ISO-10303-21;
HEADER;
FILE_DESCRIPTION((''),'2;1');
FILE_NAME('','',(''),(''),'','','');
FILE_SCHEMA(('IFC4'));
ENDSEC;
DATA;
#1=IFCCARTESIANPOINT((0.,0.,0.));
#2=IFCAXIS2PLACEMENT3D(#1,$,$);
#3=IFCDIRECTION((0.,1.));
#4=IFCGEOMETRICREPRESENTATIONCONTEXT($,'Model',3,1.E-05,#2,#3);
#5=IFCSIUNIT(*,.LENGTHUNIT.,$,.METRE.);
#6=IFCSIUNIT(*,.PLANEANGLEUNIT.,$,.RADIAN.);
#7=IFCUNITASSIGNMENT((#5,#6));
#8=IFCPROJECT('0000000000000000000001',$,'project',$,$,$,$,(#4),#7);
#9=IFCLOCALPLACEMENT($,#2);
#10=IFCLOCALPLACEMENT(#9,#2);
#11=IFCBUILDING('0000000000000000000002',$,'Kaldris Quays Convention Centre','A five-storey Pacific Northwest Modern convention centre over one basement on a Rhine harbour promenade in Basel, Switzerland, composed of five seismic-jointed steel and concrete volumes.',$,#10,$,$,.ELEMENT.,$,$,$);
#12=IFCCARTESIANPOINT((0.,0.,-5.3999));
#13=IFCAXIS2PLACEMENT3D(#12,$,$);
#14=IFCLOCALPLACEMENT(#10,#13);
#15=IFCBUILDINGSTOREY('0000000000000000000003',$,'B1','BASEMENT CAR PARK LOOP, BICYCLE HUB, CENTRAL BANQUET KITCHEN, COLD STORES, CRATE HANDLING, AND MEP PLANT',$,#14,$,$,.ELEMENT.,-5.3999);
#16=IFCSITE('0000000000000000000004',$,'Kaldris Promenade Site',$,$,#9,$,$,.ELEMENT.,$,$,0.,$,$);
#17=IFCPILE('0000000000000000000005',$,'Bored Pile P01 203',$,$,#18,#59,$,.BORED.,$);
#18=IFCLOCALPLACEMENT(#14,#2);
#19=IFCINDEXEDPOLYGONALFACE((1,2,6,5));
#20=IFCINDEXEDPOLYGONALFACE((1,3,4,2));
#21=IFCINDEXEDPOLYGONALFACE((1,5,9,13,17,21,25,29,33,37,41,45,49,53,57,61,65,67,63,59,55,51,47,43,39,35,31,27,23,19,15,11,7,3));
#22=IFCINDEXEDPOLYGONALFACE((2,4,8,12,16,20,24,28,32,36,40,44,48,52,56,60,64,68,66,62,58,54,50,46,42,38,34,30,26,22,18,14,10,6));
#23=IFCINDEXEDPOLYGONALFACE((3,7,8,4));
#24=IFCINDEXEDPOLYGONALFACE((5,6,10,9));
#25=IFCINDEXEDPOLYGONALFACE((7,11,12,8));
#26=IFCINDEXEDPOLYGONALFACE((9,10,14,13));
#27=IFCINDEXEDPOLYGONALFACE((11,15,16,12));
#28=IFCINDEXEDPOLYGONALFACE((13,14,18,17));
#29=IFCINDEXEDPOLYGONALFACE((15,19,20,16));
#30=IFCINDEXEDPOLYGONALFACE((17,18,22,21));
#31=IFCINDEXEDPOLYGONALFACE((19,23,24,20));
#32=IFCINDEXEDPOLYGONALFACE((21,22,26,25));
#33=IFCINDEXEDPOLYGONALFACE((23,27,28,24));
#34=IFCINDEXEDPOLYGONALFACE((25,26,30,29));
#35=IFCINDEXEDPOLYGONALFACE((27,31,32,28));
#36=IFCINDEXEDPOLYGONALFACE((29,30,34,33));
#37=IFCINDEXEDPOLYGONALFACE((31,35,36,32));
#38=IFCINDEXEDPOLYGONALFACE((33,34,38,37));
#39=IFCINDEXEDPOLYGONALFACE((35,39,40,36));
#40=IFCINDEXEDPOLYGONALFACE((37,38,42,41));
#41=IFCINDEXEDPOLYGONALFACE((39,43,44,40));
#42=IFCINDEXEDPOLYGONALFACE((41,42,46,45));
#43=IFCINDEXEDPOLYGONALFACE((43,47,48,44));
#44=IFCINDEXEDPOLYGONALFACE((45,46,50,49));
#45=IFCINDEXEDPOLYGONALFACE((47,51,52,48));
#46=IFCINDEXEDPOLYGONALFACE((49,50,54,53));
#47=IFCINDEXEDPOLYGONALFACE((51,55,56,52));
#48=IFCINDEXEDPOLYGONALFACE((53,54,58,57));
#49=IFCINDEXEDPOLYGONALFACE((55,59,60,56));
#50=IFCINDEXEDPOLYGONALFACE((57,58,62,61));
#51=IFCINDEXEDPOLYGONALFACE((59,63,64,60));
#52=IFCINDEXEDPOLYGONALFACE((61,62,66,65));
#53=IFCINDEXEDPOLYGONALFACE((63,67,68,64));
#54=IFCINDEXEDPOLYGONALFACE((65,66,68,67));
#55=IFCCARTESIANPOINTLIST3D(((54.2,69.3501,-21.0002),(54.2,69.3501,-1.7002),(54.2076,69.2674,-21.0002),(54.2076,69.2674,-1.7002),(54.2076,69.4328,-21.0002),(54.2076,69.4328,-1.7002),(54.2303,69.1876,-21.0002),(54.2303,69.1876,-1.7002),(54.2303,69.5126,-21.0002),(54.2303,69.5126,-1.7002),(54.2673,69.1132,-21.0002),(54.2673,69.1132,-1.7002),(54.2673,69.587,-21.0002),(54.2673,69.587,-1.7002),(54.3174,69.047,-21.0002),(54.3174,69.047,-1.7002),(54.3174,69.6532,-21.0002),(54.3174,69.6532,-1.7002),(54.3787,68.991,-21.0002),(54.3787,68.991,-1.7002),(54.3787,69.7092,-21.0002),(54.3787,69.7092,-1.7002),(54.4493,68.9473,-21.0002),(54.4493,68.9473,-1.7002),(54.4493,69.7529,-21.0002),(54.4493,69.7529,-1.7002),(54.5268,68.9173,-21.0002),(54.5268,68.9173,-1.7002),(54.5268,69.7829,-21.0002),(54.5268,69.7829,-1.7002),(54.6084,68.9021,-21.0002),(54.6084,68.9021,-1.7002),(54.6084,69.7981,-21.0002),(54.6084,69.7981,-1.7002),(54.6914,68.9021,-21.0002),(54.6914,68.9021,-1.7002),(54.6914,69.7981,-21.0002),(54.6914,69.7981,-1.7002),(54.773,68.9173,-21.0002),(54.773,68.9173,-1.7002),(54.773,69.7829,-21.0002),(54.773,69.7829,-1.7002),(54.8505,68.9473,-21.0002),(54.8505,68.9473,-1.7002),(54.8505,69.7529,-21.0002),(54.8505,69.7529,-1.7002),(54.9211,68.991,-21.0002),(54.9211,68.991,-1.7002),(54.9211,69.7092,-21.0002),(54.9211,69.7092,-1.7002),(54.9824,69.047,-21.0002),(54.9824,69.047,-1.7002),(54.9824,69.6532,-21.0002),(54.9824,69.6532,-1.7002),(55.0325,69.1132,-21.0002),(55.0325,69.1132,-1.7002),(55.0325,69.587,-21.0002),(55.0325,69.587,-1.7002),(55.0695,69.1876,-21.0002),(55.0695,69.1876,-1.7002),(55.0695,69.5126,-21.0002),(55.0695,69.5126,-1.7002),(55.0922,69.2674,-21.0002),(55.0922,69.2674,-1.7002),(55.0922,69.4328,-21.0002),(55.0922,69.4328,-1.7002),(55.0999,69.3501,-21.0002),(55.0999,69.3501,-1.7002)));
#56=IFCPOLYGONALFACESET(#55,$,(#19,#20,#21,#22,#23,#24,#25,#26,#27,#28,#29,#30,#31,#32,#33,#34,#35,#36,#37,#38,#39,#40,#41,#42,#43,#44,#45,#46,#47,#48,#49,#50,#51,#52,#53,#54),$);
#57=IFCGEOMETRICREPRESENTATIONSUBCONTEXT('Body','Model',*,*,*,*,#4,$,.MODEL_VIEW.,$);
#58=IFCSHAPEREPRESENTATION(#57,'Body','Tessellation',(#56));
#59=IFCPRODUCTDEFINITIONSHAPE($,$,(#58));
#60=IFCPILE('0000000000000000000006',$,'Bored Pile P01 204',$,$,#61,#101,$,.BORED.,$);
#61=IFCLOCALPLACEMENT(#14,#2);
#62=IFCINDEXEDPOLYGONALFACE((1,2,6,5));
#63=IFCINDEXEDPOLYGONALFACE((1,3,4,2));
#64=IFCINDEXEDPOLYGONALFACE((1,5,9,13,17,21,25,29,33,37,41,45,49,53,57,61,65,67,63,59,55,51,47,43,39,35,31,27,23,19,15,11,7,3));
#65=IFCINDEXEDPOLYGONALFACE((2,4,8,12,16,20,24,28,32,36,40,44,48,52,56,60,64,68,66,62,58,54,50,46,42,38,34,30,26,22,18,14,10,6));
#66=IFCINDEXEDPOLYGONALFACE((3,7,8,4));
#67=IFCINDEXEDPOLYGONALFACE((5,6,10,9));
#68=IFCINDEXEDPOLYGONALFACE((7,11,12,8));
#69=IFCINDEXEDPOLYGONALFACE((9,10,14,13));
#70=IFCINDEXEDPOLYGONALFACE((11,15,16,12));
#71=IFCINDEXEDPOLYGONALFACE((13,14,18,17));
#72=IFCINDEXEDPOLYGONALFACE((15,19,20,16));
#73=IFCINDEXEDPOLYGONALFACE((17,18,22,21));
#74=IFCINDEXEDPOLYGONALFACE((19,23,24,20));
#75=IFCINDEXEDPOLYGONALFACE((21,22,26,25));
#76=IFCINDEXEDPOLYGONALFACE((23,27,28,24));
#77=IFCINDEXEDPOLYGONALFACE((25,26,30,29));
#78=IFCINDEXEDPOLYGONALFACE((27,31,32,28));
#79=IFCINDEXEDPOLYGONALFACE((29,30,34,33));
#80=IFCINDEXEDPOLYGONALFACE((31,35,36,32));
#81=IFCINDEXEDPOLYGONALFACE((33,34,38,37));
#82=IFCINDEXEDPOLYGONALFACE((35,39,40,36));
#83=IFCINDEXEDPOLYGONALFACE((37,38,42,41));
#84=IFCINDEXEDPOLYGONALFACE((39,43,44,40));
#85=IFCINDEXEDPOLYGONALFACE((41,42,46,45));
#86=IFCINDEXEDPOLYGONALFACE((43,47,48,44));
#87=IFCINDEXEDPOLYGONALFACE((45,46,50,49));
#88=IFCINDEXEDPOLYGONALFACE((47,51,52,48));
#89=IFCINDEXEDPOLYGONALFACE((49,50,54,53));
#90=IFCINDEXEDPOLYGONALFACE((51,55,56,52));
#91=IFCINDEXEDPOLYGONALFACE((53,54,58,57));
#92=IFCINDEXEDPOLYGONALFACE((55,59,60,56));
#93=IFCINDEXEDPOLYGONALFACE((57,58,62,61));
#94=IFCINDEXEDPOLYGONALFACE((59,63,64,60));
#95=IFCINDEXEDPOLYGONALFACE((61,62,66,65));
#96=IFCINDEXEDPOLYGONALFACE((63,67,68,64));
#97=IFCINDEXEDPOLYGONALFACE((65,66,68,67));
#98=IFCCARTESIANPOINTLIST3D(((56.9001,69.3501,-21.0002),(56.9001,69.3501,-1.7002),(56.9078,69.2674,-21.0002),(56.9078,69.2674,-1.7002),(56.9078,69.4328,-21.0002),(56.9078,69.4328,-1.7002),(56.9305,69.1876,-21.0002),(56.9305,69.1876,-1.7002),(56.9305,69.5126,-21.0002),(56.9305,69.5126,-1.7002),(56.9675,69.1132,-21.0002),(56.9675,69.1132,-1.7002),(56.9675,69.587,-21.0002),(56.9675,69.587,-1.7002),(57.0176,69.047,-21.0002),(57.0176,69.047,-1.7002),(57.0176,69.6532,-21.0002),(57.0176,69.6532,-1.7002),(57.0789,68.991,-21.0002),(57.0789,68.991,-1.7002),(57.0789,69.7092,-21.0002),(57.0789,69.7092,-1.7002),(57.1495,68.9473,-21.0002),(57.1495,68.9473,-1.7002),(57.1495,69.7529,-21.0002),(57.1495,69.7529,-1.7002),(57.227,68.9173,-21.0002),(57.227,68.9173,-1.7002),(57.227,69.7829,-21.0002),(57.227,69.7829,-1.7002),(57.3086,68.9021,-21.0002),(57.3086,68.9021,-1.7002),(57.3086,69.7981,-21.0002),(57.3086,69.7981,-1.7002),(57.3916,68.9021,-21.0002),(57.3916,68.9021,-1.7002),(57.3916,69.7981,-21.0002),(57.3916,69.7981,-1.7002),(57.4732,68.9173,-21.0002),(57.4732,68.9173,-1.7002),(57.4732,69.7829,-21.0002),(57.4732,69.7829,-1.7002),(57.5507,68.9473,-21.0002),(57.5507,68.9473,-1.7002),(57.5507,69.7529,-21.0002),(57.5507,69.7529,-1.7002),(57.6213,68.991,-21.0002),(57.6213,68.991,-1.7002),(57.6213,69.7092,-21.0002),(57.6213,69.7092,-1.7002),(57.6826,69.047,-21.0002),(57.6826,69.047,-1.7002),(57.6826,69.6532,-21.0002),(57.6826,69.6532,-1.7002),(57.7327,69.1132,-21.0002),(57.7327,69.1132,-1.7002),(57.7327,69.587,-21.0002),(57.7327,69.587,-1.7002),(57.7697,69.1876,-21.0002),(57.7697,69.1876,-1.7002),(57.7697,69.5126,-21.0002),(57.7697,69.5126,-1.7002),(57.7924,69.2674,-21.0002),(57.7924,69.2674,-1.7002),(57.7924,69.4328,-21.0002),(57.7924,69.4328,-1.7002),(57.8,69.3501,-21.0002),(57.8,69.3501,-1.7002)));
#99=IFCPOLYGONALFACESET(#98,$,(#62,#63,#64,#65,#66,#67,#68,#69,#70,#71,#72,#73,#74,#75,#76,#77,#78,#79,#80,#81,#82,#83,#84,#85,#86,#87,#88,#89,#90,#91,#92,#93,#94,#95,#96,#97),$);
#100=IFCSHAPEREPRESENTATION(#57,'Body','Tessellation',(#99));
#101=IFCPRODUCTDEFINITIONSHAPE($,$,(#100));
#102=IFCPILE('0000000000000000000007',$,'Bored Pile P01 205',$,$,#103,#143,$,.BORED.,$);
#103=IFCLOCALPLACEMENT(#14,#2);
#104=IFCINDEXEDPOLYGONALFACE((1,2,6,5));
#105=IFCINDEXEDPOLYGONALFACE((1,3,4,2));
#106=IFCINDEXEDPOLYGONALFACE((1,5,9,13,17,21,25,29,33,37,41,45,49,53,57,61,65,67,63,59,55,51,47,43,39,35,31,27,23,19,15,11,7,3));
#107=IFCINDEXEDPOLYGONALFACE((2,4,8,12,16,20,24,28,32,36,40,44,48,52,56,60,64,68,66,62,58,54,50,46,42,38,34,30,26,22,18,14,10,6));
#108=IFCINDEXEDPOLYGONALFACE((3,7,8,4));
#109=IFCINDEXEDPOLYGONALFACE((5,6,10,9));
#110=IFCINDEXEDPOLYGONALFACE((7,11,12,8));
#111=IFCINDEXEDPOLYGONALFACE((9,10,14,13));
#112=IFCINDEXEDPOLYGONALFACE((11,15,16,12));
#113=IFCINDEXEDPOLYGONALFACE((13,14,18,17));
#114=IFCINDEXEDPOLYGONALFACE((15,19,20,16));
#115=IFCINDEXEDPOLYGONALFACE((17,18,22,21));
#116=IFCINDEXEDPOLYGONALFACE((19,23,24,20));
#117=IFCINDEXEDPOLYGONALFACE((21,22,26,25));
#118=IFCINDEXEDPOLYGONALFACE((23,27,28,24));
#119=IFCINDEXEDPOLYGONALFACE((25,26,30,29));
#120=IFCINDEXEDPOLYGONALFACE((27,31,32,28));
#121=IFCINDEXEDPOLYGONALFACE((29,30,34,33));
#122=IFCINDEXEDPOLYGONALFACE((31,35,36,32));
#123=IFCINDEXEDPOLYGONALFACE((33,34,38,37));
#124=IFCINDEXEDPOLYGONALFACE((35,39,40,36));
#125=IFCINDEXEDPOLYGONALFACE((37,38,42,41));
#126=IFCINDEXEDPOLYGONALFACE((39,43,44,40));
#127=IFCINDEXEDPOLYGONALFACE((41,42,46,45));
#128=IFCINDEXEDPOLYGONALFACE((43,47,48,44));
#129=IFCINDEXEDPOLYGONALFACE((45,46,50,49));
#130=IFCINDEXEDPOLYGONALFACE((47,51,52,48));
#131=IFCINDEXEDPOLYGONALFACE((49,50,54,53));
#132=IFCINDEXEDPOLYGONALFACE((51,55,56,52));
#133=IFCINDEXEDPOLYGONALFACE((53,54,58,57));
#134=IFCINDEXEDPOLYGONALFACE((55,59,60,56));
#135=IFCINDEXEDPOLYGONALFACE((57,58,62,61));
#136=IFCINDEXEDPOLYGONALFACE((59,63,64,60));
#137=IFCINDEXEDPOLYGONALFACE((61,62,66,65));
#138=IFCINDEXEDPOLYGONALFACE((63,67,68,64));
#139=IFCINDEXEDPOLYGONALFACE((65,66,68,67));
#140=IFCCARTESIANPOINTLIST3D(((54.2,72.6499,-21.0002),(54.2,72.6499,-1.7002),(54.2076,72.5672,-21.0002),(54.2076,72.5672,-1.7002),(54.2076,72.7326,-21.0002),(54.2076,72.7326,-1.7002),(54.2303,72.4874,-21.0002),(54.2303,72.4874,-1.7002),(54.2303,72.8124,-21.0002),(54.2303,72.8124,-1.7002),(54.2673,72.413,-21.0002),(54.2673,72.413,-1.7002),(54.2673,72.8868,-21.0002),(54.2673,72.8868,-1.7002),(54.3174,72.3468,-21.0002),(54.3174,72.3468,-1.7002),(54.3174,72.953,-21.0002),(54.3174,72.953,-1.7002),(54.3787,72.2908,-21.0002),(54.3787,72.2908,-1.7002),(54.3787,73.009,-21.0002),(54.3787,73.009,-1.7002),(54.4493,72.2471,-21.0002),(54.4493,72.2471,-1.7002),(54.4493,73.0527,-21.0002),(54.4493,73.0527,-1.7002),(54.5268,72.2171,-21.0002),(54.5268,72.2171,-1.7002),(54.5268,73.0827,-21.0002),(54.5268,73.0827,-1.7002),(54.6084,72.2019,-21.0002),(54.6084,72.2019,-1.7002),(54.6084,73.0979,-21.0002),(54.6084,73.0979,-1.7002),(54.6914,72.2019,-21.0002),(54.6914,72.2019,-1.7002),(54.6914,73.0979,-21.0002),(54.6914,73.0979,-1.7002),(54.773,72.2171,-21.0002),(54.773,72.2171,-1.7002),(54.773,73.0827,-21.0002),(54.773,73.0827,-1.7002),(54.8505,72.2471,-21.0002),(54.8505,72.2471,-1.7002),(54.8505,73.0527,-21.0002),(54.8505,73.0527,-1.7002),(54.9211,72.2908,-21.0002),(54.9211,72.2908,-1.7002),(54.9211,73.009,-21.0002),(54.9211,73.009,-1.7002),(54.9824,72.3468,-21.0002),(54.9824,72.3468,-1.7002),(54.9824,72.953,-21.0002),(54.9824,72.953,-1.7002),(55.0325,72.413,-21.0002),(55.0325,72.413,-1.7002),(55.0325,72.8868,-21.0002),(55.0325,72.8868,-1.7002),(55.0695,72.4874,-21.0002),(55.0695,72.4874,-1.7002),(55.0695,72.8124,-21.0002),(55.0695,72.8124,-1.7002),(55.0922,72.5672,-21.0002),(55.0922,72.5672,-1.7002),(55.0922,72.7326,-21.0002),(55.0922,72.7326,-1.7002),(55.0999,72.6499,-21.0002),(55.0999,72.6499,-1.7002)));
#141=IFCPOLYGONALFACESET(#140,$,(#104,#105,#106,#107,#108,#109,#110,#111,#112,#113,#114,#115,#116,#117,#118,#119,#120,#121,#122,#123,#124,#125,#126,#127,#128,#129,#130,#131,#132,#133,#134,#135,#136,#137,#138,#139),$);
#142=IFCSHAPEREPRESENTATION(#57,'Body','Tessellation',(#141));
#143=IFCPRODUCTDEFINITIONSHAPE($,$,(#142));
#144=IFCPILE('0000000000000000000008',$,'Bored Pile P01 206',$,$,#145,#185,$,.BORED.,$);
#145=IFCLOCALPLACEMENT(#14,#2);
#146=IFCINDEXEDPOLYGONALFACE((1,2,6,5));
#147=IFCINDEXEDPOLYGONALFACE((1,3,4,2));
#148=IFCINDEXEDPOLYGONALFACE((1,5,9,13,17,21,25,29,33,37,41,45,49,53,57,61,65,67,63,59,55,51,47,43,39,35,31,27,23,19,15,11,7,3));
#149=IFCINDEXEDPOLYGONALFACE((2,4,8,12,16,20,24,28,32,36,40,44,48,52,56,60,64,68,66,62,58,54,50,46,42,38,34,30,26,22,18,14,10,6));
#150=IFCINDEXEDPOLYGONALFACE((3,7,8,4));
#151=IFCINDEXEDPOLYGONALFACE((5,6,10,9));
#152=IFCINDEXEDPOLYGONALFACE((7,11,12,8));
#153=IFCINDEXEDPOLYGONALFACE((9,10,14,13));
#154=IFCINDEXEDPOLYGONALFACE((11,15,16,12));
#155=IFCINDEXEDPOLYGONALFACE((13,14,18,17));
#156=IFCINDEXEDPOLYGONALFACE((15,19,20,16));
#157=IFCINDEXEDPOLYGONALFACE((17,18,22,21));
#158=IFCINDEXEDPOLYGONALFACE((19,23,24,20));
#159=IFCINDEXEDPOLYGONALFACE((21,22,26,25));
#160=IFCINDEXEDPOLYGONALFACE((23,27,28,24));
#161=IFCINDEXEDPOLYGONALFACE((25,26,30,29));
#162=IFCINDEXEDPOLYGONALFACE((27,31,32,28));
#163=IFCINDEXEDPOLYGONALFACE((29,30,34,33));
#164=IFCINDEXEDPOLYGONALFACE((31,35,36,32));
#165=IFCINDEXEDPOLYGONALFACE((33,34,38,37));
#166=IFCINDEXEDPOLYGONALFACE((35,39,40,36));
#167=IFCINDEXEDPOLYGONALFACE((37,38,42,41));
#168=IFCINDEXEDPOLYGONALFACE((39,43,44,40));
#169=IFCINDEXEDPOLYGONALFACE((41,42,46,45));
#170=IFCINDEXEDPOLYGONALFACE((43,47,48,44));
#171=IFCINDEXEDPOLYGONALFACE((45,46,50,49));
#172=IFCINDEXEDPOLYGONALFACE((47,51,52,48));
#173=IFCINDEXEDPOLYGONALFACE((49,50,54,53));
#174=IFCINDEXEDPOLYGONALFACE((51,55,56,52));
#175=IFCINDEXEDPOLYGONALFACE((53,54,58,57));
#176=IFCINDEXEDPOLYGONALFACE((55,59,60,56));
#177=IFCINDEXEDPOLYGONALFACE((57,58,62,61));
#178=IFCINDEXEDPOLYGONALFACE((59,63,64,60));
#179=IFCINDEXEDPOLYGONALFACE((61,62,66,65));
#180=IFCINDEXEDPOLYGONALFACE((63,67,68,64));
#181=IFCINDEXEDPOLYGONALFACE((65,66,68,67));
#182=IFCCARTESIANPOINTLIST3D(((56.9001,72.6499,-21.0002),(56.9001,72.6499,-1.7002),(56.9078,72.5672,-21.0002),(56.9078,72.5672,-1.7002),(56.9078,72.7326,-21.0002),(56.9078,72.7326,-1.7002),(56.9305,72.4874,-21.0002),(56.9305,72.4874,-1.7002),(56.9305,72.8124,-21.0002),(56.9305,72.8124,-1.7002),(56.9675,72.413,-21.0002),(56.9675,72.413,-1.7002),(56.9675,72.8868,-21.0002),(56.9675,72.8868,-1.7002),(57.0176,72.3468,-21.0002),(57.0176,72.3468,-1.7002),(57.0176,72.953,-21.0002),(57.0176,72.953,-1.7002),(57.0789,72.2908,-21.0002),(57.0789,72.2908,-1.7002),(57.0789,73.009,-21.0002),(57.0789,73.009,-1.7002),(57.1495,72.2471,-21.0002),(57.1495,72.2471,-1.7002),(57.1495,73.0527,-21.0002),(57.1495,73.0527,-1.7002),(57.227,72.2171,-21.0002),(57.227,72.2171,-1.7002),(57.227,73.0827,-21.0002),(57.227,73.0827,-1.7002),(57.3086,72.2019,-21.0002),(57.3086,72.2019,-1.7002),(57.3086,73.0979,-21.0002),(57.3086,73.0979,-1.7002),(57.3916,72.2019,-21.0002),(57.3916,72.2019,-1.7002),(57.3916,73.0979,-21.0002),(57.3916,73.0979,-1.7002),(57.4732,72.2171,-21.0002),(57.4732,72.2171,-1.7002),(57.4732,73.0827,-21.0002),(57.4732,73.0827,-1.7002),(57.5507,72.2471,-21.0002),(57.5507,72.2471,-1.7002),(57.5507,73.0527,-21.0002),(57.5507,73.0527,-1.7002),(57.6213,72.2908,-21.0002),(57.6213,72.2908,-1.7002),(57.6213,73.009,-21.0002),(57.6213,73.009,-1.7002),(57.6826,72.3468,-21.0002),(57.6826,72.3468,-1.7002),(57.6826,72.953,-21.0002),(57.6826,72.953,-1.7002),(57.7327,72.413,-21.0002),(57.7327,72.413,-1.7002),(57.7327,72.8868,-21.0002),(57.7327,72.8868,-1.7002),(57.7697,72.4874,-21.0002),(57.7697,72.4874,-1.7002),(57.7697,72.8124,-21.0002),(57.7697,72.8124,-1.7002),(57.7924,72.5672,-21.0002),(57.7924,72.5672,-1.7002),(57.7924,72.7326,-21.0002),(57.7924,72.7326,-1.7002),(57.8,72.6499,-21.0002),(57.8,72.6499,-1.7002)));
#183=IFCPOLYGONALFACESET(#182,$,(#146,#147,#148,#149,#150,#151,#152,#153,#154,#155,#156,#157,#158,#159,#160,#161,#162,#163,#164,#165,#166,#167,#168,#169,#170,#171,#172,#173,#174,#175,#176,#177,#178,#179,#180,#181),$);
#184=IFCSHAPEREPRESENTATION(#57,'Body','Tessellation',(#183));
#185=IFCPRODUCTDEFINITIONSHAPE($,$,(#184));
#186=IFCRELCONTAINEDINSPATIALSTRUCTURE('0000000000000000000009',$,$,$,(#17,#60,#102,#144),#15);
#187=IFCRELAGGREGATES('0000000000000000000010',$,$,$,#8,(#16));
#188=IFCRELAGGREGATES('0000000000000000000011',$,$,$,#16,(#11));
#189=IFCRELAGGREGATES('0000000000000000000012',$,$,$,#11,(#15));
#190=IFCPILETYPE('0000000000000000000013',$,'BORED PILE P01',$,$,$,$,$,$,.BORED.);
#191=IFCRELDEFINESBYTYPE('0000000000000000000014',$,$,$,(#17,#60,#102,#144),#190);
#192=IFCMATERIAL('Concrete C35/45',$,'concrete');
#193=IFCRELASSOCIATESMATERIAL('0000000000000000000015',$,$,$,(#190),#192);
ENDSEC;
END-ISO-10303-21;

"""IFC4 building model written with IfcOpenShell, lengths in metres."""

from ifc_helpers import new_model, si_unit, direction, frame, origin, origin_2d, place, context, subcontext, project, spatial, circle, extrude, material, material_profile, profile_set, type_object, element, save


model = new_model("IFC4")

# Units and contexts
model_context = context("Model", 3, precision=1e-05, world=origin(), true_north=direction((0.0, 1.0)))
body_context = subcontext(model_context, "Body", "Model", "MODEL_VIEW")
ifc_project = project(units=[si_unit("LENGTHUNIT", "METRE"), si_unit("PLANEANGLEUNIT", "RADIAN")], contexts=[model_context])

# Site, building, storey
site_placement = place(None, origin())
site = spatial("IfcSite", under=ifc_project, at=site_placement, Name="Kaldris Promenade Site", CompositionType="ELEMENT", RefElevation=0.0)
building_placement = place(site_placement, origin())
building = spatial("IfcBuilding", under=site, at=building_placement, Name="Kaldris Quays Convention Centre", Description="A five-storey Pacific Northwest Modern convention centre over one basement on a Rhine harbour promenade in Basel, Switzerland, composed of five seismic-jointed steel and concrete volumes.", CompositionType="ELEMENT")
storey_placement = place(building_placement, frame((0.0, 0.0, -5.3999)))
storey = spatial("IfcBuildingStorey", under=building, at=storey_placement, Name="B1", Description="BASEMENT CAR PARK LOOP, BICYCLE HUB, CENTRAL BANQUET KITCHEN, COLD STORES, CRATE HANDLING, AND MEP PLANT", CompositionType="ELEMENT", Elevation=-5.3999)

# Piles
ifc_material_1 = material(Name="Concrete C35/45", Category="concrete")
ifc_material_profile_1 = material_profile(ifc_material_1, circle(Radius=0.45, at=origin_2d()), Name="BORED PILE D900")
ifc_profile_set_1 = profile_set([ifc_material_profile_1], Name="Concrete C35/45")
pile_type = type_object("IfcPileType", Name="BORED PILE P01", PredefinedType="BORED", material=ifc_profile_set_1)
for number, where, z_axis, x_axis, name in (
    (1, (54.6499, 69.3501, -1.7002), (0.0, 0.0, -1.0), (1.0, 0.0, 0.0), "Bored Pile P01 203"),
    (2, (57.3501, 69.3501, -1.7002), (0.0, 0.0, -1.0), (1.0, 0.0, 0.0), "Bored Pile P01 204"),
    (3, (54.6499, 72.6499, -1.7002), (0.0, 0.0, -1.0), (1.0, 0.0, 0.0), "Bored Pile P01 205"),
    (4, (57.3501, 72.6499, -1.7002), (0.0, 0.0, -1.0), (1.0, 0.0, 0.0), "Bored Pile P01 206"),
):
    element("IfcPile", number, at=place(storey_placement, frame(where, z_axis=z_axis, x_axis=x_axis)), inside=storey, type_object=pile_type, Name=name, PredefinedType="BORED", context=body_context, shape_type="SweptSolid", body=[
        extrude(circle(Radius=0.45, at=origin_2d()), origin(), (0.0, 0.0, 1.0), 19.3),
    ])

save(model, "model.ifc")
